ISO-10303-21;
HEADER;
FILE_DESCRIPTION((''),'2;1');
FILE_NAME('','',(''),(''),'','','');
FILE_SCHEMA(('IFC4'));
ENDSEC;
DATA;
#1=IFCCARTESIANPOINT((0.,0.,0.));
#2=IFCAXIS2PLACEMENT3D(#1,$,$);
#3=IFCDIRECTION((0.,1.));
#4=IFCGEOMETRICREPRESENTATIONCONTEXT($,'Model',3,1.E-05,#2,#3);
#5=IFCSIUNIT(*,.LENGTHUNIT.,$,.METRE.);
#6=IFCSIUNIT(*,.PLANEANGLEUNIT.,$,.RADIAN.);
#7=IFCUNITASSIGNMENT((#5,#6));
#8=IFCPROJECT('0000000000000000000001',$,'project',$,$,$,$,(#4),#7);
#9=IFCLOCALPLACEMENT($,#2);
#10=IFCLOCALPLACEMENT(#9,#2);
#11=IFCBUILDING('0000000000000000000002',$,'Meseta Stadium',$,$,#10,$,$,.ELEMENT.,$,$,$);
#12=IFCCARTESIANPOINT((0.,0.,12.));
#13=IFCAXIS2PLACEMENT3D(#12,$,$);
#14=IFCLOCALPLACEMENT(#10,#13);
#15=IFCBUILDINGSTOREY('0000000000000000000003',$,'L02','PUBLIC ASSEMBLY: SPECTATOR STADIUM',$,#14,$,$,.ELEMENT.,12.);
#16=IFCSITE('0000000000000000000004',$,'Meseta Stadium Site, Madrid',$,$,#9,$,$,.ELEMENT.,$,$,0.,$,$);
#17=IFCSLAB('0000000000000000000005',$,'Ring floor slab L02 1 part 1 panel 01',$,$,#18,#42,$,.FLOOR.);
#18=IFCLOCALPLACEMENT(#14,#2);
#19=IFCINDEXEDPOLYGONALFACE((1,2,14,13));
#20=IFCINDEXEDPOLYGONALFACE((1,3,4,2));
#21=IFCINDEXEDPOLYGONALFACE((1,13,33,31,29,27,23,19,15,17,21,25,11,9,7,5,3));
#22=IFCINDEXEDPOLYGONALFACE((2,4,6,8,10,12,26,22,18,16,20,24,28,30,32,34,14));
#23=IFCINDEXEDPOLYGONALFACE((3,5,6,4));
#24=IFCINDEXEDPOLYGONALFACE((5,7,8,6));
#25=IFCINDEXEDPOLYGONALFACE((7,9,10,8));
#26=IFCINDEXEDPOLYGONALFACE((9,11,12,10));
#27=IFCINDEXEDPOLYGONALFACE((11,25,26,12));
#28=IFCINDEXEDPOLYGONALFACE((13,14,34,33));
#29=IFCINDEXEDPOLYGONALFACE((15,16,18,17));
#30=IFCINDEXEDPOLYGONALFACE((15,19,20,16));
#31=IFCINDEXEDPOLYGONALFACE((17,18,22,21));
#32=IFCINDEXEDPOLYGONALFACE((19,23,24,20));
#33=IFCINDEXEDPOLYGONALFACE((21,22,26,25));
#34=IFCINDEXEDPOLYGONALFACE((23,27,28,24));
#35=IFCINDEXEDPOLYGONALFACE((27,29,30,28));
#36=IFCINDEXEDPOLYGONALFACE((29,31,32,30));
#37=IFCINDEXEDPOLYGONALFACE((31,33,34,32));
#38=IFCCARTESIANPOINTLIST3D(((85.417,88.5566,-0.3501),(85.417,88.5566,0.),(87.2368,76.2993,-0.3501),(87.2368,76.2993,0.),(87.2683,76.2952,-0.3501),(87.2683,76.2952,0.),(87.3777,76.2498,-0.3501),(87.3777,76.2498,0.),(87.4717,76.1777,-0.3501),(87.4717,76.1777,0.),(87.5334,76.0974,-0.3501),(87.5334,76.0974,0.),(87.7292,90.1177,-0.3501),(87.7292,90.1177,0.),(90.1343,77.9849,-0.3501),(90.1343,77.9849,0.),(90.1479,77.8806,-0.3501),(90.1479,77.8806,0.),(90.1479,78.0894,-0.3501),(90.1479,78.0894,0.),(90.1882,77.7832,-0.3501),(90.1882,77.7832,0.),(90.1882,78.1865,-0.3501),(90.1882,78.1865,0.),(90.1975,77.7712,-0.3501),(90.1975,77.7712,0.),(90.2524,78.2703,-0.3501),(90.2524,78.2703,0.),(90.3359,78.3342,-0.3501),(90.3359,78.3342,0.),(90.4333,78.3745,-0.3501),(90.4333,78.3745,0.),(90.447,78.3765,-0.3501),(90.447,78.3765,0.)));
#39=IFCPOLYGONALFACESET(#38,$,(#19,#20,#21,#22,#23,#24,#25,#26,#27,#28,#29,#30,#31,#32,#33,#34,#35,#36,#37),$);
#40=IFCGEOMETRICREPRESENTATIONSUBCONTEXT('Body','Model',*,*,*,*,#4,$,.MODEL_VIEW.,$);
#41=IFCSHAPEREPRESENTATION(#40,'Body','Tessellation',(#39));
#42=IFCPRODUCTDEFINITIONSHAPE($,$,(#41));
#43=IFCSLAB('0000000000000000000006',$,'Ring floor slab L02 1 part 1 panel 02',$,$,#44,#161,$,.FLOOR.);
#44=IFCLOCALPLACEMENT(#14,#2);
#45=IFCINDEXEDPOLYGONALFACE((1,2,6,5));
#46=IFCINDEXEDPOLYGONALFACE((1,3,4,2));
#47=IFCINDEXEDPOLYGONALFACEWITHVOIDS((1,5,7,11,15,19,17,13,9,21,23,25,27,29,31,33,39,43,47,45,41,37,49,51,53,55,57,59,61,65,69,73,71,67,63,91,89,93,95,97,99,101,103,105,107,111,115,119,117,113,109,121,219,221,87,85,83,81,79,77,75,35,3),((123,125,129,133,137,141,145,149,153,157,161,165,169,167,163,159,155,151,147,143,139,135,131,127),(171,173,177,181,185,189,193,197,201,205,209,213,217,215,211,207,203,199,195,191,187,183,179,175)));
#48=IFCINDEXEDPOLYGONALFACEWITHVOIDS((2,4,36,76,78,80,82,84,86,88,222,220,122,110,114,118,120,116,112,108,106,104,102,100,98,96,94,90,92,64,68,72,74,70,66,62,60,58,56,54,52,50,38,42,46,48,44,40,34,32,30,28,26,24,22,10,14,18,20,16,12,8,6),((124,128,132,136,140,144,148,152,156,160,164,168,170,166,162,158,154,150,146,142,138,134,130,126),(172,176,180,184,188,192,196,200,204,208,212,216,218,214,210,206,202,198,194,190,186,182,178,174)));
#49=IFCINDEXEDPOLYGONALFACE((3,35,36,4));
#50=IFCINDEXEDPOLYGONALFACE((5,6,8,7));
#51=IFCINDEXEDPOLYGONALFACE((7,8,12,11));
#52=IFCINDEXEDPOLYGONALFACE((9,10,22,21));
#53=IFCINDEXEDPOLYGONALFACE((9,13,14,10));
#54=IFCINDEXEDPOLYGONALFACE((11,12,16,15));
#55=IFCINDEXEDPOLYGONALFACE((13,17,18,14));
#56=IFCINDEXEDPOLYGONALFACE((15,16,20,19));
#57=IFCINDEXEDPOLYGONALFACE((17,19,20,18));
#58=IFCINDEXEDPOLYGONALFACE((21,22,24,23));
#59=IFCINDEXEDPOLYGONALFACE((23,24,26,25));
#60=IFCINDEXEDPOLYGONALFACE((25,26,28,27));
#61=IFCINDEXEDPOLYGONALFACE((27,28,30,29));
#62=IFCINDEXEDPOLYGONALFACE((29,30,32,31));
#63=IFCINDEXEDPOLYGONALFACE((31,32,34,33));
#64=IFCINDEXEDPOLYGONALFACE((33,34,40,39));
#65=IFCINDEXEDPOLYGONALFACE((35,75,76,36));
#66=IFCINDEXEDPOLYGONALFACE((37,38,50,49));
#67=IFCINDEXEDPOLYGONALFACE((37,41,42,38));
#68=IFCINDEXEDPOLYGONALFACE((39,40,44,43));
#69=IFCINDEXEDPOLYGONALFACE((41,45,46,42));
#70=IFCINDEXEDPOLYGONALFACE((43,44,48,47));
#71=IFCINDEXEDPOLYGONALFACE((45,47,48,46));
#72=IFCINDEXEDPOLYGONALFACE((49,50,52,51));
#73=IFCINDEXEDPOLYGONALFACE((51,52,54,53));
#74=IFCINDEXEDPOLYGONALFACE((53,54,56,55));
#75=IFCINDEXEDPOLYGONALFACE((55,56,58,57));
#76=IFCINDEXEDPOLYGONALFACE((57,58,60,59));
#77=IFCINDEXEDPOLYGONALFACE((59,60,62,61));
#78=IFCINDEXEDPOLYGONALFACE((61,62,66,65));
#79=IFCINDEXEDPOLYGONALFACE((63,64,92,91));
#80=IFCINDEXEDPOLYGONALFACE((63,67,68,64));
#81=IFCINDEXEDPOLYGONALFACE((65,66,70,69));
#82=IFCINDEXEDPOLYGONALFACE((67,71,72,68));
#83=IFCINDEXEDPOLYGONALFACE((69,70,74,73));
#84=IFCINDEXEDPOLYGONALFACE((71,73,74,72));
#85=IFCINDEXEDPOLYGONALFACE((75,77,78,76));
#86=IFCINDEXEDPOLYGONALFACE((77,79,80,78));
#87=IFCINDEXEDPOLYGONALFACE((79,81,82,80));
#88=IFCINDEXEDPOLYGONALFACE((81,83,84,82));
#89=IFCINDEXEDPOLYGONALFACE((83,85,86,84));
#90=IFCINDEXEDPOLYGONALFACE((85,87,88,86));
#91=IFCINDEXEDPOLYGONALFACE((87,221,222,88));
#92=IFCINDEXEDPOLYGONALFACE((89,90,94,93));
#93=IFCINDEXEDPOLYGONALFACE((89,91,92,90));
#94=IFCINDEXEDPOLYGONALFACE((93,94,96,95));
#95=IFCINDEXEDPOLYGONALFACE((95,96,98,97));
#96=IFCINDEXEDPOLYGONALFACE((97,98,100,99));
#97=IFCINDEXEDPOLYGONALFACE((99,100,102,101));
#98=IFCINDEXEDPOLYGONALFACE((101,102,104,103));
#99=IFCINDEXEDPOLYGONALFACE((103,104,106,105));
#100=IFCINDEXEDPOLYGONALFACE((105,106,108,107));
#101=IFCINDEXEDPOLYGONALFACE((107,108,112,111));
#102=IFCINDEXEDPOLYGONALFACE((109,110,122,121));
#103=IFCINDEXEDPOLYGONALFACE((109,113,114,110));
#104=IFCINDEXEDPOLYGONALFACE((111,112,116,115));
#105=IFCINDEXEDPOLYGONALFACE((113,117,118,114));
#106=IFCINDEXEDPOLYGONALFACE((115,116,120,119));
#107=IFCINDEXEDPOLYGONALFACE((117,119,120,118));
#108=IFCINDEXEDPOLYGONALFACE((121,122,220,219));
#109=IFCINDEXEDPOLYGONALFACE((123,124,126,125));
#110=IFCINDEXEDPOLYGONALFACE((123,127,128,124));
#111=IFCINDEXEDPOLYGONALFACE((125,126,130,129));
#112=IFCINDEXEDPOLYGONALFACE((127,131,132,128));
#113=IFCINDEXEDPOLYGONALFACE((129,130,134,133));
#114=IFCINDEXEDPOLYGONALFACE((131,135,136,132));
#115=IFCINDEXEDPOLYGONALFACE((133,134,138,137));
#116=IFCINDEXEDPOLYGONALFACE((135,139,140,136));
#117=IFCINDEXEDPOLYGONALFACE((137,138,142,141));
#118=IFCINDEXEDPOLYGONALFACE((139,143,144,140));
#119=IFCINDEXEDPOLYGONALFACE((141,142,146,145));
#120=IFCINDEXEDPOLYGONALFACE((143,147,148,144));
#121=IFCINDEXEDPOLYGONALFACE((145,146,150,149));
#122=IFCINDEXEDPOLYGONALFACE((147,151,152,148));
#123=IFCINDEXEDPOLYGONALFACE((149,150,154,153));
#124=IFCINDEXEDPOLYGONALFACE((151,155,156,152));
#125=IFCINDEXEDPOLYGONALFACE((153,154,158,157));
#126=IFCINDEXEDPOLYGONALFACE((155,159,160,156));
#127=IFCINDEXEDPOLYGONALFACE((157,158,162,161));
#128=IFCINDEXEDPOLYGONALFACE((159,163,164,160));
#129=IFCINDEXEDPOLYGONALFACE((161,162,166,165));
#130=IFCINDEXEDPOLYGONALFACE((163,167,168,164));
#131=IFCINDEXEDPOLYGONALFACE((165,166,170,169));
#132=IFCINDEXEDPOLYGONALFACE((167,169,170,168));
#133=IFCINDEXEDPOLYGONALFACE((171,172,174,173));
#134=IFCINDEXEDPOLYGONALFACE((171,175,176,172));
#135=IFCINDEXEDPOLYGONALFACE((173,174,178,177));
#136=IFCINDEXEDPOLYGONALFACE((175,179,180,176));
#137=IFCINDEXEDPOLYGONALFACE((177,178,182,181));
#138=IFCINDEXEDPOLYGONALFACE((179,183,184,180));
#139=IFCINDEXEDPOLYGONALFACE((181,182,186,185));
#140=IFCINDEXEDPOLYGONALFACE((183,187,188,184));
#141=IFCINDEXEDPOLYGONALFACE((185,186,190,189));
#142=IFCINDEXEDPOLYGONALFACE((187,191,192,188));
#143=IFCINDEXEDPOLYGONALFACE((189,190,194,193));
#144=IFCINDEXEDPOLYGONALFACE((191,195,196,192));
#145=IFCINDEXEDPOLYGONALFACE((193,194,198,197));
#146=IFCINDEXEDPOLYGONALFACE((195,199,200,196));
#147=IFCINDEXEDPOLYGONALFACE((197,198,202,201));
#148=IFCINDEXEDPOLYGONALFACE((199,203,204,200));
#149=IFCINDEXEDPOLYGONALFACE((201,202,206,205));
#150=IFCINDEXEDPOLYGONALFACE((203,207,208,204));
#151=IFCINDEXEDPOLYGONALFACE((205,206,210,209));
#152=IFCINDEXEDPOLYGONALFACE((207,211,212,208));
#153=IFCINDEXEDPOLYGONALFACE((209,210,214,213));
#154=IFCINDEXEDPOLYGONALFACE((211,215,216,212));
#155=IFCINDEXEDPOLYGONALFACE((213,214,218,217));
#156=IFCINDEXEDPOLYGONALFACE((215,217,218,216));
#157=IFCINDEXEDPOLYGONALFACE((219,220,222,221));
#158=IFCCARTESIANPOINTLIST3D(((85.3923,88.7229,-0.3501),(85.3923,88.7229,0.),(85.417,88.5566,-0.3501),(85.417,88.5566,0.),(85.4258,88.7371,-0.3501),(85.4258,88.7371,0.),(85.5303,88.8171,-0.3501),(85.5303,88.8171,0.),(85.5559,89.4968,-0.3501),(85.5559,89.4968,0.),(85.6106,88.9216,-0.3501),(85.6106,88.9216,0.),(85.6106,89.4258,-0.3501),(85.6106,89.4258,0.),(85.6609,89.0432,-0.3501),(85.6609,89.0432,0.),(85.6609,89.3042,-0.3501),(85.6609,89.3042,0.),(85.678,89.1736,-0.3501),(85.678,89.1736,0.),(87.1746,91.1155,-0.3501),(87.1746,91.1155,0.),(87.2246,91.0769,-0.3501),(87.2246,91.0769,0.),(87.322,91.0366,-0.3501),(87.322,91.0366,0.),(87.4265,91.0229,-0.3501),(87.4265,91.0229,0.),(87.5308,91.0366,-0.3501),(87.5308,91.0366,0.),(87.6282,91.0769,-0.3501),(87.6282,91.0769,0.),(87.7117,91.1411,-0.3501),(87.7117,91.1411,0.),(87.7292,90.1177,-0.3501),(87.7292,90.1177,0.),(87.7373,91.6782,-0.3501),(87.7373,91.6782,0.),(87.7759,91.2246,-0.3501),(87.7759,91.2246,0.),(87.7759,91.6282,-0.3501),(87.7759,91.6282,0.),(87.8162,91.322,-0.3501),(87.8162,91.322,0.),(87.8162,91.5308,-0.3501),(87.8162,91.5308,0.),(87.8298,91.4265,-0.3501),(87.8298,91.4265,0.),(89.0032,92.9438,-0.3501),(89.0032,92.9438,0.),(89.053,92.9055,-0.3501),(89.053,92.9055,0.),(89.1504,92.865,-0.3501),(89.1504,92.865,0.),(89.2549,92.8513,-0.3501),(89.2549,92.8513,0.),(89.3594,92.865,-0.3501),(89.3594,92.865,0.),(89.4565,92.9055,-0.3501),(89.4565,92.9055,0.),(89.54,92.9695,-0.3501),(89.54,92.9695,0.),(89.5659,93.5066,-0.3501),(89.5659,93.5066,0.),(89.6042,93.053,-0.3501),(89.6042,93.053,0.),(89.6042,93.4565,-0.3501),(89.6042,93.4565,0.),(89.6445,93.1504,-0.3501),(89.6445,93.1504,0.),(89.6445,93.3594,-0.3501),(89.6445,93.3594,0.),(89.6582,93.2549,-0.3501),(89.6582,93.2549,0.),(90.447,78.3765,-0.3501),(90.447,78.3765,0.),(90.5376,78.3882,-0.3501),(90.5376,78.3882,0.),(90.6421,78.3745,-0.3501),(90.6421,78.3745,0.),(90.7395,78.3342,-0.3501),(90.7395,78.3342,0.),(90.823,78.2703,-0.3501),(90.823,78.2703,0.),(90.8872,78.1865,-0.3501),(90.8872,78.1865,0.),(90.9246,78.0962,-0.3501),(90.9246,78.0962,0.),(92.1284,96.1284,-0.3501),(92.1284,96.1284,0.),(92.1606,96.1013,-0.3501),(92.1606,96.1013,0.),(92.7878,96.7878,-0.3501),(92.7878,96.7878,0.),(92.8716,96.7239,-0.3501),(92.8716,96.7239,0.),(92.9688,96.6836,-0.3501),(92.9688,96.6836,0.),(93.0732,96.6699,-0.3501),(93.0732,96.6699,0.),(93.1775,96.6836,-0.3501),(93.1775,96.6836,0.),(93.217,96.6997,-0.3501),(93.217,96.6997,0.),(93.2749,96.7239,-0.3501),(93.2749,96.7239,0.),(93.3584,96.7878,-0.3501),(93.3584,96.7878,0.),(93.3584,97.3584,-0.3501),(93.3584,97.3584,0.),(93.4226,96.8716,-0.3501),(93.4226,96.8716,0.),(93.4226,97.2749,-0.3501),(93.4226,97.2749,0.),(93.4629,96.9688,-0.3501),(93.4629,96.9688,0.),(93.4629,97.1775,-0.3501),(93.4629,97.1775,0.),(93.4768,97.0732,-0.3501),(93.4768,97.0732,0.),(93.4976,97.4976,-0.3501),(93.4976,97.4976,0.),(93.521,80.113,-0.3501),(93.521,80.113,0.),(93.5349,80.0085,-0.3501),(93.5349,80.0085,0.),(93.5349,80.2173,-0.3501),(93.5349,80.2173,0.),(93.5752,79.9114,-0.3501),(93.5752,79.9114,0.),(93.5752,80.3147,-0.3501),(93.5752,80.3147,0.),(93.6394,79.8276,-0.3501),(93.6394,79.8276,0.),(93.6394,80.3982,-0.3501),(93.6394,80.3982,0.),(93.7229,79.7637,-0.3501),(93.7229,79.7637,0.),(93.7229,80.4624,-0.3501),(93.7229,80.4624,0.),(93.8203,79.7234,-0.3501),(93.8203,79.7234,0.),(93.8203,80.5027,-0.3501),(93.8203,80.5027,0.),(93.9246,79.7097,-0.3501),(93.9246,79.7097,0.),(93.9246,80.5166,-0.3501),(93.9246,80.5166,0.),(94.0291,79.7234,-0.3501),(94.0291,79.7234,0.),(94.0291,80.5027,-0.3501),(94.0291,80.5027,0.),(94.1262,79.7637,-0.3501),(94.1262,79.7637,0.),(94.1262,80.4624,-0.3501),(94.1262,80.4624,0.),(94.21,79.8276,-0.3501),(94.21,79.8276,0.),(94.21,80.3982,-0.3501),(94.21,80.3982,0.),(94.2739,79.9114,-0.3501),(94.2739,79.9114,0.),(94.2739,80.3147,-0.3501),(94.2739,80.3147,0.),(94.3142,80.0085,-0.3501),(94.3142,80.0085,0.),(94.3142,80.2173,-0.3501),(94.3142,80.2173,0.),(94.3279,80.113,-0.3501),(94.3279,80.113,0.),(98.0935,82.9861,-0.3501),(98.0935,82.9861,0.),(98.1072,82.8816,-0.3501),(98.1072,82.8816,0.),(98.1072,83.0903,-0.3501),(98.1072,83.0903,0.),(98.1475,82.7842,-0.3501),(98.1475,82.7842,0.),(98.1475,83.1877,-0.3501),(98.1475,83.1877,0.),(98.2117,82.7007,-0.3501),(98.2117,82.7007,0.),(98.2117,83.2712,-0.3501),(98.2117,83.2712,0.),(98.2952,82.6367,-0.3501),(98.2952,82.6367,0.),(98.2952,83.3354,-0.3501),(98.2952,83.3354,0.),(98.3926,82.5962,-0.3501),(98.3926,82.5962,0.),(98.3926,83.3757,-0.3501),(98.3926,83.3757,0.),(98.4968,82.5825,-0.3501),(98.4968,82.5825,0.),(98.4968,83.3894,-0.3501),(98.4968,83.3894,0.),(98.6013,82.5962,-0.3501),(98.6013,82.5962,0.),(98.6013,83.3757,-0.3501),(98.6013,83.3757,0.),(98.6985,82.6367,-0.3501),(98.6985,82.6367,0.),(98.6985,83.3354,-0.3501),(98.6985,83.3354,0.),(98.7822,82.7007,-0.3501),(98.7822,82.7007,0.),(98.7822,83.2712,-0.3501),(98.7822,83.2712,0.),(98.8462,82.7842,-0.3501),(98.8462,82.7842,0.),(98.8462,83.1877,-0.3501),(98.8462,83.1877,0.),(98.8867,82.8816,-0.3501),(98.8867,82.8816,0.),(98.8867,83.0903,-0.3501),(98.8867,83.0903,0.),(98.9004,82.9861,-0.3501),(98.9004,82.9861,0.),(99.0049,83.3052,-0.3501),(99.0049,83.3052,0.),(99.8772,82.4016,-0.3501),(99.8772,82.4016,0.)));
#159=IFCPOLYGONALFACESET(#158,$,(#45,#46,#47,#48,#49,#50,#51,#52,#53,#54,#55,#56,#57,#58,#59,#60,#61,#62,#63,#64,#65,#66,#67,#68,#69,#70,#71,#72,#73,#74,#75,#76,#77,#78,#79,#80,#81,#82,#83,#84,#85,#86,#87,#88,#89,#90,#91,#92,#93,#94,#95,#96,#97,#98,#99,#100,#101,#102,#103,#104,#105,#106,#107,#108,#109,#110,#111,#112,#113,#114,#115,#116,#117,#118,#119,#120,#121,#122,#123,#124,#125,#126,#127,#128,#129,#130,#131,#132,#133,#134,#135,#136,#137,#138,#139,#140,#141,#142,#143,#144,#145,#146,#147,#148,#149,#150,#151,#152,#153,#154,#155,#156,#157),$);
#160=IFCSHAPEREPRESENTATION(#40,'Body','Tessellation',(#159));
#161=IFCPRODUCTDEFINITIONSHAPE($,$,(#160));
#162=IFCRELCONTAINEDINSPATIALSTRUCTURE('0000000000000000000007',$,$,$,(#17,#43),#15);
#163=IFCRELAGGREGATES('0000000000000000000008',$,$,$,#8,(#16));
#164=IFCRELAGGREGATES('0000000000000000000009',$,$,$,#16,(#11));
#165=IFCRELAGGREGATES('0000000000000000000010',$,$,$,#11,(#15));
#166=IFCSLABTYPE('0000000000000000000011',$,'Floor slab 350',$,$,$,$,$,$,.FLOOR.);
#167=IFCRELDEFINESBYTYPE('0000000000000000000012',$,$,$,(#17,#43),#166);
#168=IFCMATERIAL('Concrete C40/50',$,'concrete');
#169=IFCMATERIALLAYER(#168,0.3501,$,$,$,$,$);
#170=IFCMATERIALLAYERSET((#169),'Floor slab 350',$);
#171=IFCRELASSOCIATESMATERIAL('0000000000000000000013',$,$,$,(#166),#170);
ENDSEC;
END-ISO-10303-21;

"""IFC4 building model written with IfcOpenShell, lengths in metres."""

from ifc_helpers import new_model, si_unit, direction, frame, origin, place, context, subcontext, project, spatial, polyline, outline, extrude, material, layer, layer_set, type_object, element, save


model = new_model("IFC4")

# Units and contexts
model_context = context("Model", 3, precision=1e-05, world=origin(), true_north=direction((0.0, 1.0)))
body_context = subcontext(model_context, "Body", "Model", "MODEL_VIEW")
ifc_project = project(units=[si_unit("LENGTHUNIT", "METRE"), si_unit("PLANEANGLEUNIT", "RADIAN")], contexts=[model_context])

# Site, building, storey
site_placement = place(None, origin())
site = spatial("IfcSite", under=ifc_project, at=site_placement, Name="Meseta Stadium Site, Madrid", CompositionType="ELEMENT", RefElevation=0.0)
building_placement = place(site_placement, origin())
building = spatial("IfcBuilding", under=site, at=building_placement, Name="Meseta Stadium", CompositionType="ELEMENT")
storey_placement = place(building_placement, frame((0.0, 0.0, 12.0)))
storey = spatial("IfcBuildingStorey", under=building, at=storey_placement, Name="L02", Description="PUBLIC ASSEMBLY: SPECTATOR STADIUM", CompositionType="ELEMENT", Elevation=12.0)

# Slabs
ifc_material_1 = material(Name="Concrete C40/50", Category="concrete")
ifc_layer_1 = layer(ifc_material_1, 0.3501)
ifc_layer_set_1 = layer_set([ifc_layer_1], Name="Floor slab 350")
slab_type_1 = type_object("IfcSlabType", Name="Floor slab 350", PredefinedType="FLOOR", material=ifc_layer_set_1)
slab_1_placement = place(storey_placement, frame((0.0, 0.0, -0.3501)))
element("IfcSlab", 1, at=slab_1_placement, inside=storey, type_object=slab_type_1, Name="Ring floor slab L02 1 part 1 panel 01", PredefinedType="FLOOR", context=body_context, shape_type="SweptSolid", body=[
    extrude(outline(polyline([(90.447, 78.3765), (87.7292, 90.1177), (85.417, 88.5566), (87.2368, 76.2993), (87.2683, 76.2952), (87.3777, 76.2498), (87.4717, 76.1777), (87.5334, 76.0974), (90.1975, 77.7712), (90.1882, 77.7832), (90.1479, 77.8806), (90.1343, 77.9849), (90.1479, 78.0894), (90.1882, 78.1865), (90.2524, 78.2703), (90.3359, 78.3342), (90.4333, 78.3745), (90.447, 78.3765)])), origin(), (0.0, 0.0, 1.0), 0.3501),
])
slab_2_placement = place(storey_placement, frame((0.0, 0.0, -0.3501)))
element("IfcSlab", 2, at=slab_2_placement, inside=storey, type_object=slab_type_1, Name="Ring floor slab L02 1 part 1 panel 02", PredefinedType="FLOOR", context=body_context, shape_type="SweptSolid", body=[
    extrude(outline(polyline([(89.053, 92.9055), (89.0032, 92.9438), (87.7373, 91.6782), (87.7759, 91.6282), (87.8162, 91.5308), (87.8298, 91.4265), (87.8162, 91.322), (87.7759, 91.2246), (87.7117, 91.1411), (87.6282, 91.0769), (87.5308, 91.0366), (87.4265, 91.0229), (87.322, 91.0366), (87.2246, 91.0769), (87.1746, 91.1155), (85.5559, 89.4968), (85.6106, 89.4258), (85.6609, 89.3042), (85.678, 89.1736), (85.6609, 89.0432), (85.6106, 88.9216), (85.5303, 88.8171), (85.4258, 88.7371), (85.3923, 88.7229), (85.417, 88.5566), (87.7292, 90.1177), (90.447, 78.3765), (90.5376, 78.3882), (90.6421, 78.3745), (90.7395, 78.3342), (90.823, 78.2703), (90.8872, 78.1865), (90.9246, 78.0962), (99.8772, 82.4016), (99.0049, 83.3052), (93.4976, 97.4976), (93.3584, 97.3584), (93.4226, 97.2749), (93.4629, 97.1775), (93.4768, 97.0732), (93.4629, 96.9688), (93.4226, 96.8716), (93.3584, 96.7878), (93.2749, 96.7239), (93.217, 96.6997), (93.1775, 96.6836), (93.0732, 96.6699), (92.9688, 96.6836), (92.8716, 96.7239), (92.7878, 96.7878), (92.1284, 96.1284), (92.1606, 96.1013), (89.5659, 93.5066), (89.6042, 93.4565), (89.6445, 93.3594), (89.6582, 93.2549), (89.6445, 93.1504), (89.6042, 93.053), (89.54, 92.9695), (89.4565, 92.9055), (89.3594, 92.865), (89.2549, 92.8513), (89.1504, 92.865), (89.053, 92.9055)]), holes=[polyline([(94.3279, 80.113), (94.3142, 80.0085), (94.2739, 79.9114), (94.21, 79.8276), (94.1262, 79.7637), (94.0291, 79.7234), (93.9246, 79.7097), (93.8203, 79.7234), (93.7229, 79.7637), (93.6394, 79.8276), (93.5752, 79.9114), (93.5349, 80.0085), (93.521, 80.113), (93.5349, 80.2173), (93.5752, 80.3147), (93.6394, 80.3982), (93.7229, 80.4624), (93.8203, 80.5027), (93.9246, 80.5166), (94.0291, 80.5027), (94.1262, 80.4624), (94.21, 80.3982), (94.2739, 80.3147), (94.3142, 80.2173), (94.3279, 80.113)]), polyline([(98.7822, 83.2712), (98.8462, 83.1877), (98.8867, 83.0903), (98.9004, 82.9861), (98.8867, 82.8816), (98.8462, 82.7842), (98.7822, 82.7007), (98.6985, 82.6367), (98.6013, 82.5962), (98.4968, 82.5825), (98.3926, 82.5962), (98.2952, 82.6367), (98.2117, 82.7007), (98.1475, 82.7842), (98.1072, 82.8816), (98.0935, 82.9861), (98.1072, 83.0903), (98.1475, 83.1877), (98.2117, 83.2712), (98.2952, 83.3354), (98.3926, 83.3757), (98.4968, 83.3894), (98.6013, 83.3757), (98.6985, 83.3354), (98.7822, 83.2712)])]), origin(), (0.0, 0.0, 1.0), 0.3501),
])

save(model, "model.ifc")
